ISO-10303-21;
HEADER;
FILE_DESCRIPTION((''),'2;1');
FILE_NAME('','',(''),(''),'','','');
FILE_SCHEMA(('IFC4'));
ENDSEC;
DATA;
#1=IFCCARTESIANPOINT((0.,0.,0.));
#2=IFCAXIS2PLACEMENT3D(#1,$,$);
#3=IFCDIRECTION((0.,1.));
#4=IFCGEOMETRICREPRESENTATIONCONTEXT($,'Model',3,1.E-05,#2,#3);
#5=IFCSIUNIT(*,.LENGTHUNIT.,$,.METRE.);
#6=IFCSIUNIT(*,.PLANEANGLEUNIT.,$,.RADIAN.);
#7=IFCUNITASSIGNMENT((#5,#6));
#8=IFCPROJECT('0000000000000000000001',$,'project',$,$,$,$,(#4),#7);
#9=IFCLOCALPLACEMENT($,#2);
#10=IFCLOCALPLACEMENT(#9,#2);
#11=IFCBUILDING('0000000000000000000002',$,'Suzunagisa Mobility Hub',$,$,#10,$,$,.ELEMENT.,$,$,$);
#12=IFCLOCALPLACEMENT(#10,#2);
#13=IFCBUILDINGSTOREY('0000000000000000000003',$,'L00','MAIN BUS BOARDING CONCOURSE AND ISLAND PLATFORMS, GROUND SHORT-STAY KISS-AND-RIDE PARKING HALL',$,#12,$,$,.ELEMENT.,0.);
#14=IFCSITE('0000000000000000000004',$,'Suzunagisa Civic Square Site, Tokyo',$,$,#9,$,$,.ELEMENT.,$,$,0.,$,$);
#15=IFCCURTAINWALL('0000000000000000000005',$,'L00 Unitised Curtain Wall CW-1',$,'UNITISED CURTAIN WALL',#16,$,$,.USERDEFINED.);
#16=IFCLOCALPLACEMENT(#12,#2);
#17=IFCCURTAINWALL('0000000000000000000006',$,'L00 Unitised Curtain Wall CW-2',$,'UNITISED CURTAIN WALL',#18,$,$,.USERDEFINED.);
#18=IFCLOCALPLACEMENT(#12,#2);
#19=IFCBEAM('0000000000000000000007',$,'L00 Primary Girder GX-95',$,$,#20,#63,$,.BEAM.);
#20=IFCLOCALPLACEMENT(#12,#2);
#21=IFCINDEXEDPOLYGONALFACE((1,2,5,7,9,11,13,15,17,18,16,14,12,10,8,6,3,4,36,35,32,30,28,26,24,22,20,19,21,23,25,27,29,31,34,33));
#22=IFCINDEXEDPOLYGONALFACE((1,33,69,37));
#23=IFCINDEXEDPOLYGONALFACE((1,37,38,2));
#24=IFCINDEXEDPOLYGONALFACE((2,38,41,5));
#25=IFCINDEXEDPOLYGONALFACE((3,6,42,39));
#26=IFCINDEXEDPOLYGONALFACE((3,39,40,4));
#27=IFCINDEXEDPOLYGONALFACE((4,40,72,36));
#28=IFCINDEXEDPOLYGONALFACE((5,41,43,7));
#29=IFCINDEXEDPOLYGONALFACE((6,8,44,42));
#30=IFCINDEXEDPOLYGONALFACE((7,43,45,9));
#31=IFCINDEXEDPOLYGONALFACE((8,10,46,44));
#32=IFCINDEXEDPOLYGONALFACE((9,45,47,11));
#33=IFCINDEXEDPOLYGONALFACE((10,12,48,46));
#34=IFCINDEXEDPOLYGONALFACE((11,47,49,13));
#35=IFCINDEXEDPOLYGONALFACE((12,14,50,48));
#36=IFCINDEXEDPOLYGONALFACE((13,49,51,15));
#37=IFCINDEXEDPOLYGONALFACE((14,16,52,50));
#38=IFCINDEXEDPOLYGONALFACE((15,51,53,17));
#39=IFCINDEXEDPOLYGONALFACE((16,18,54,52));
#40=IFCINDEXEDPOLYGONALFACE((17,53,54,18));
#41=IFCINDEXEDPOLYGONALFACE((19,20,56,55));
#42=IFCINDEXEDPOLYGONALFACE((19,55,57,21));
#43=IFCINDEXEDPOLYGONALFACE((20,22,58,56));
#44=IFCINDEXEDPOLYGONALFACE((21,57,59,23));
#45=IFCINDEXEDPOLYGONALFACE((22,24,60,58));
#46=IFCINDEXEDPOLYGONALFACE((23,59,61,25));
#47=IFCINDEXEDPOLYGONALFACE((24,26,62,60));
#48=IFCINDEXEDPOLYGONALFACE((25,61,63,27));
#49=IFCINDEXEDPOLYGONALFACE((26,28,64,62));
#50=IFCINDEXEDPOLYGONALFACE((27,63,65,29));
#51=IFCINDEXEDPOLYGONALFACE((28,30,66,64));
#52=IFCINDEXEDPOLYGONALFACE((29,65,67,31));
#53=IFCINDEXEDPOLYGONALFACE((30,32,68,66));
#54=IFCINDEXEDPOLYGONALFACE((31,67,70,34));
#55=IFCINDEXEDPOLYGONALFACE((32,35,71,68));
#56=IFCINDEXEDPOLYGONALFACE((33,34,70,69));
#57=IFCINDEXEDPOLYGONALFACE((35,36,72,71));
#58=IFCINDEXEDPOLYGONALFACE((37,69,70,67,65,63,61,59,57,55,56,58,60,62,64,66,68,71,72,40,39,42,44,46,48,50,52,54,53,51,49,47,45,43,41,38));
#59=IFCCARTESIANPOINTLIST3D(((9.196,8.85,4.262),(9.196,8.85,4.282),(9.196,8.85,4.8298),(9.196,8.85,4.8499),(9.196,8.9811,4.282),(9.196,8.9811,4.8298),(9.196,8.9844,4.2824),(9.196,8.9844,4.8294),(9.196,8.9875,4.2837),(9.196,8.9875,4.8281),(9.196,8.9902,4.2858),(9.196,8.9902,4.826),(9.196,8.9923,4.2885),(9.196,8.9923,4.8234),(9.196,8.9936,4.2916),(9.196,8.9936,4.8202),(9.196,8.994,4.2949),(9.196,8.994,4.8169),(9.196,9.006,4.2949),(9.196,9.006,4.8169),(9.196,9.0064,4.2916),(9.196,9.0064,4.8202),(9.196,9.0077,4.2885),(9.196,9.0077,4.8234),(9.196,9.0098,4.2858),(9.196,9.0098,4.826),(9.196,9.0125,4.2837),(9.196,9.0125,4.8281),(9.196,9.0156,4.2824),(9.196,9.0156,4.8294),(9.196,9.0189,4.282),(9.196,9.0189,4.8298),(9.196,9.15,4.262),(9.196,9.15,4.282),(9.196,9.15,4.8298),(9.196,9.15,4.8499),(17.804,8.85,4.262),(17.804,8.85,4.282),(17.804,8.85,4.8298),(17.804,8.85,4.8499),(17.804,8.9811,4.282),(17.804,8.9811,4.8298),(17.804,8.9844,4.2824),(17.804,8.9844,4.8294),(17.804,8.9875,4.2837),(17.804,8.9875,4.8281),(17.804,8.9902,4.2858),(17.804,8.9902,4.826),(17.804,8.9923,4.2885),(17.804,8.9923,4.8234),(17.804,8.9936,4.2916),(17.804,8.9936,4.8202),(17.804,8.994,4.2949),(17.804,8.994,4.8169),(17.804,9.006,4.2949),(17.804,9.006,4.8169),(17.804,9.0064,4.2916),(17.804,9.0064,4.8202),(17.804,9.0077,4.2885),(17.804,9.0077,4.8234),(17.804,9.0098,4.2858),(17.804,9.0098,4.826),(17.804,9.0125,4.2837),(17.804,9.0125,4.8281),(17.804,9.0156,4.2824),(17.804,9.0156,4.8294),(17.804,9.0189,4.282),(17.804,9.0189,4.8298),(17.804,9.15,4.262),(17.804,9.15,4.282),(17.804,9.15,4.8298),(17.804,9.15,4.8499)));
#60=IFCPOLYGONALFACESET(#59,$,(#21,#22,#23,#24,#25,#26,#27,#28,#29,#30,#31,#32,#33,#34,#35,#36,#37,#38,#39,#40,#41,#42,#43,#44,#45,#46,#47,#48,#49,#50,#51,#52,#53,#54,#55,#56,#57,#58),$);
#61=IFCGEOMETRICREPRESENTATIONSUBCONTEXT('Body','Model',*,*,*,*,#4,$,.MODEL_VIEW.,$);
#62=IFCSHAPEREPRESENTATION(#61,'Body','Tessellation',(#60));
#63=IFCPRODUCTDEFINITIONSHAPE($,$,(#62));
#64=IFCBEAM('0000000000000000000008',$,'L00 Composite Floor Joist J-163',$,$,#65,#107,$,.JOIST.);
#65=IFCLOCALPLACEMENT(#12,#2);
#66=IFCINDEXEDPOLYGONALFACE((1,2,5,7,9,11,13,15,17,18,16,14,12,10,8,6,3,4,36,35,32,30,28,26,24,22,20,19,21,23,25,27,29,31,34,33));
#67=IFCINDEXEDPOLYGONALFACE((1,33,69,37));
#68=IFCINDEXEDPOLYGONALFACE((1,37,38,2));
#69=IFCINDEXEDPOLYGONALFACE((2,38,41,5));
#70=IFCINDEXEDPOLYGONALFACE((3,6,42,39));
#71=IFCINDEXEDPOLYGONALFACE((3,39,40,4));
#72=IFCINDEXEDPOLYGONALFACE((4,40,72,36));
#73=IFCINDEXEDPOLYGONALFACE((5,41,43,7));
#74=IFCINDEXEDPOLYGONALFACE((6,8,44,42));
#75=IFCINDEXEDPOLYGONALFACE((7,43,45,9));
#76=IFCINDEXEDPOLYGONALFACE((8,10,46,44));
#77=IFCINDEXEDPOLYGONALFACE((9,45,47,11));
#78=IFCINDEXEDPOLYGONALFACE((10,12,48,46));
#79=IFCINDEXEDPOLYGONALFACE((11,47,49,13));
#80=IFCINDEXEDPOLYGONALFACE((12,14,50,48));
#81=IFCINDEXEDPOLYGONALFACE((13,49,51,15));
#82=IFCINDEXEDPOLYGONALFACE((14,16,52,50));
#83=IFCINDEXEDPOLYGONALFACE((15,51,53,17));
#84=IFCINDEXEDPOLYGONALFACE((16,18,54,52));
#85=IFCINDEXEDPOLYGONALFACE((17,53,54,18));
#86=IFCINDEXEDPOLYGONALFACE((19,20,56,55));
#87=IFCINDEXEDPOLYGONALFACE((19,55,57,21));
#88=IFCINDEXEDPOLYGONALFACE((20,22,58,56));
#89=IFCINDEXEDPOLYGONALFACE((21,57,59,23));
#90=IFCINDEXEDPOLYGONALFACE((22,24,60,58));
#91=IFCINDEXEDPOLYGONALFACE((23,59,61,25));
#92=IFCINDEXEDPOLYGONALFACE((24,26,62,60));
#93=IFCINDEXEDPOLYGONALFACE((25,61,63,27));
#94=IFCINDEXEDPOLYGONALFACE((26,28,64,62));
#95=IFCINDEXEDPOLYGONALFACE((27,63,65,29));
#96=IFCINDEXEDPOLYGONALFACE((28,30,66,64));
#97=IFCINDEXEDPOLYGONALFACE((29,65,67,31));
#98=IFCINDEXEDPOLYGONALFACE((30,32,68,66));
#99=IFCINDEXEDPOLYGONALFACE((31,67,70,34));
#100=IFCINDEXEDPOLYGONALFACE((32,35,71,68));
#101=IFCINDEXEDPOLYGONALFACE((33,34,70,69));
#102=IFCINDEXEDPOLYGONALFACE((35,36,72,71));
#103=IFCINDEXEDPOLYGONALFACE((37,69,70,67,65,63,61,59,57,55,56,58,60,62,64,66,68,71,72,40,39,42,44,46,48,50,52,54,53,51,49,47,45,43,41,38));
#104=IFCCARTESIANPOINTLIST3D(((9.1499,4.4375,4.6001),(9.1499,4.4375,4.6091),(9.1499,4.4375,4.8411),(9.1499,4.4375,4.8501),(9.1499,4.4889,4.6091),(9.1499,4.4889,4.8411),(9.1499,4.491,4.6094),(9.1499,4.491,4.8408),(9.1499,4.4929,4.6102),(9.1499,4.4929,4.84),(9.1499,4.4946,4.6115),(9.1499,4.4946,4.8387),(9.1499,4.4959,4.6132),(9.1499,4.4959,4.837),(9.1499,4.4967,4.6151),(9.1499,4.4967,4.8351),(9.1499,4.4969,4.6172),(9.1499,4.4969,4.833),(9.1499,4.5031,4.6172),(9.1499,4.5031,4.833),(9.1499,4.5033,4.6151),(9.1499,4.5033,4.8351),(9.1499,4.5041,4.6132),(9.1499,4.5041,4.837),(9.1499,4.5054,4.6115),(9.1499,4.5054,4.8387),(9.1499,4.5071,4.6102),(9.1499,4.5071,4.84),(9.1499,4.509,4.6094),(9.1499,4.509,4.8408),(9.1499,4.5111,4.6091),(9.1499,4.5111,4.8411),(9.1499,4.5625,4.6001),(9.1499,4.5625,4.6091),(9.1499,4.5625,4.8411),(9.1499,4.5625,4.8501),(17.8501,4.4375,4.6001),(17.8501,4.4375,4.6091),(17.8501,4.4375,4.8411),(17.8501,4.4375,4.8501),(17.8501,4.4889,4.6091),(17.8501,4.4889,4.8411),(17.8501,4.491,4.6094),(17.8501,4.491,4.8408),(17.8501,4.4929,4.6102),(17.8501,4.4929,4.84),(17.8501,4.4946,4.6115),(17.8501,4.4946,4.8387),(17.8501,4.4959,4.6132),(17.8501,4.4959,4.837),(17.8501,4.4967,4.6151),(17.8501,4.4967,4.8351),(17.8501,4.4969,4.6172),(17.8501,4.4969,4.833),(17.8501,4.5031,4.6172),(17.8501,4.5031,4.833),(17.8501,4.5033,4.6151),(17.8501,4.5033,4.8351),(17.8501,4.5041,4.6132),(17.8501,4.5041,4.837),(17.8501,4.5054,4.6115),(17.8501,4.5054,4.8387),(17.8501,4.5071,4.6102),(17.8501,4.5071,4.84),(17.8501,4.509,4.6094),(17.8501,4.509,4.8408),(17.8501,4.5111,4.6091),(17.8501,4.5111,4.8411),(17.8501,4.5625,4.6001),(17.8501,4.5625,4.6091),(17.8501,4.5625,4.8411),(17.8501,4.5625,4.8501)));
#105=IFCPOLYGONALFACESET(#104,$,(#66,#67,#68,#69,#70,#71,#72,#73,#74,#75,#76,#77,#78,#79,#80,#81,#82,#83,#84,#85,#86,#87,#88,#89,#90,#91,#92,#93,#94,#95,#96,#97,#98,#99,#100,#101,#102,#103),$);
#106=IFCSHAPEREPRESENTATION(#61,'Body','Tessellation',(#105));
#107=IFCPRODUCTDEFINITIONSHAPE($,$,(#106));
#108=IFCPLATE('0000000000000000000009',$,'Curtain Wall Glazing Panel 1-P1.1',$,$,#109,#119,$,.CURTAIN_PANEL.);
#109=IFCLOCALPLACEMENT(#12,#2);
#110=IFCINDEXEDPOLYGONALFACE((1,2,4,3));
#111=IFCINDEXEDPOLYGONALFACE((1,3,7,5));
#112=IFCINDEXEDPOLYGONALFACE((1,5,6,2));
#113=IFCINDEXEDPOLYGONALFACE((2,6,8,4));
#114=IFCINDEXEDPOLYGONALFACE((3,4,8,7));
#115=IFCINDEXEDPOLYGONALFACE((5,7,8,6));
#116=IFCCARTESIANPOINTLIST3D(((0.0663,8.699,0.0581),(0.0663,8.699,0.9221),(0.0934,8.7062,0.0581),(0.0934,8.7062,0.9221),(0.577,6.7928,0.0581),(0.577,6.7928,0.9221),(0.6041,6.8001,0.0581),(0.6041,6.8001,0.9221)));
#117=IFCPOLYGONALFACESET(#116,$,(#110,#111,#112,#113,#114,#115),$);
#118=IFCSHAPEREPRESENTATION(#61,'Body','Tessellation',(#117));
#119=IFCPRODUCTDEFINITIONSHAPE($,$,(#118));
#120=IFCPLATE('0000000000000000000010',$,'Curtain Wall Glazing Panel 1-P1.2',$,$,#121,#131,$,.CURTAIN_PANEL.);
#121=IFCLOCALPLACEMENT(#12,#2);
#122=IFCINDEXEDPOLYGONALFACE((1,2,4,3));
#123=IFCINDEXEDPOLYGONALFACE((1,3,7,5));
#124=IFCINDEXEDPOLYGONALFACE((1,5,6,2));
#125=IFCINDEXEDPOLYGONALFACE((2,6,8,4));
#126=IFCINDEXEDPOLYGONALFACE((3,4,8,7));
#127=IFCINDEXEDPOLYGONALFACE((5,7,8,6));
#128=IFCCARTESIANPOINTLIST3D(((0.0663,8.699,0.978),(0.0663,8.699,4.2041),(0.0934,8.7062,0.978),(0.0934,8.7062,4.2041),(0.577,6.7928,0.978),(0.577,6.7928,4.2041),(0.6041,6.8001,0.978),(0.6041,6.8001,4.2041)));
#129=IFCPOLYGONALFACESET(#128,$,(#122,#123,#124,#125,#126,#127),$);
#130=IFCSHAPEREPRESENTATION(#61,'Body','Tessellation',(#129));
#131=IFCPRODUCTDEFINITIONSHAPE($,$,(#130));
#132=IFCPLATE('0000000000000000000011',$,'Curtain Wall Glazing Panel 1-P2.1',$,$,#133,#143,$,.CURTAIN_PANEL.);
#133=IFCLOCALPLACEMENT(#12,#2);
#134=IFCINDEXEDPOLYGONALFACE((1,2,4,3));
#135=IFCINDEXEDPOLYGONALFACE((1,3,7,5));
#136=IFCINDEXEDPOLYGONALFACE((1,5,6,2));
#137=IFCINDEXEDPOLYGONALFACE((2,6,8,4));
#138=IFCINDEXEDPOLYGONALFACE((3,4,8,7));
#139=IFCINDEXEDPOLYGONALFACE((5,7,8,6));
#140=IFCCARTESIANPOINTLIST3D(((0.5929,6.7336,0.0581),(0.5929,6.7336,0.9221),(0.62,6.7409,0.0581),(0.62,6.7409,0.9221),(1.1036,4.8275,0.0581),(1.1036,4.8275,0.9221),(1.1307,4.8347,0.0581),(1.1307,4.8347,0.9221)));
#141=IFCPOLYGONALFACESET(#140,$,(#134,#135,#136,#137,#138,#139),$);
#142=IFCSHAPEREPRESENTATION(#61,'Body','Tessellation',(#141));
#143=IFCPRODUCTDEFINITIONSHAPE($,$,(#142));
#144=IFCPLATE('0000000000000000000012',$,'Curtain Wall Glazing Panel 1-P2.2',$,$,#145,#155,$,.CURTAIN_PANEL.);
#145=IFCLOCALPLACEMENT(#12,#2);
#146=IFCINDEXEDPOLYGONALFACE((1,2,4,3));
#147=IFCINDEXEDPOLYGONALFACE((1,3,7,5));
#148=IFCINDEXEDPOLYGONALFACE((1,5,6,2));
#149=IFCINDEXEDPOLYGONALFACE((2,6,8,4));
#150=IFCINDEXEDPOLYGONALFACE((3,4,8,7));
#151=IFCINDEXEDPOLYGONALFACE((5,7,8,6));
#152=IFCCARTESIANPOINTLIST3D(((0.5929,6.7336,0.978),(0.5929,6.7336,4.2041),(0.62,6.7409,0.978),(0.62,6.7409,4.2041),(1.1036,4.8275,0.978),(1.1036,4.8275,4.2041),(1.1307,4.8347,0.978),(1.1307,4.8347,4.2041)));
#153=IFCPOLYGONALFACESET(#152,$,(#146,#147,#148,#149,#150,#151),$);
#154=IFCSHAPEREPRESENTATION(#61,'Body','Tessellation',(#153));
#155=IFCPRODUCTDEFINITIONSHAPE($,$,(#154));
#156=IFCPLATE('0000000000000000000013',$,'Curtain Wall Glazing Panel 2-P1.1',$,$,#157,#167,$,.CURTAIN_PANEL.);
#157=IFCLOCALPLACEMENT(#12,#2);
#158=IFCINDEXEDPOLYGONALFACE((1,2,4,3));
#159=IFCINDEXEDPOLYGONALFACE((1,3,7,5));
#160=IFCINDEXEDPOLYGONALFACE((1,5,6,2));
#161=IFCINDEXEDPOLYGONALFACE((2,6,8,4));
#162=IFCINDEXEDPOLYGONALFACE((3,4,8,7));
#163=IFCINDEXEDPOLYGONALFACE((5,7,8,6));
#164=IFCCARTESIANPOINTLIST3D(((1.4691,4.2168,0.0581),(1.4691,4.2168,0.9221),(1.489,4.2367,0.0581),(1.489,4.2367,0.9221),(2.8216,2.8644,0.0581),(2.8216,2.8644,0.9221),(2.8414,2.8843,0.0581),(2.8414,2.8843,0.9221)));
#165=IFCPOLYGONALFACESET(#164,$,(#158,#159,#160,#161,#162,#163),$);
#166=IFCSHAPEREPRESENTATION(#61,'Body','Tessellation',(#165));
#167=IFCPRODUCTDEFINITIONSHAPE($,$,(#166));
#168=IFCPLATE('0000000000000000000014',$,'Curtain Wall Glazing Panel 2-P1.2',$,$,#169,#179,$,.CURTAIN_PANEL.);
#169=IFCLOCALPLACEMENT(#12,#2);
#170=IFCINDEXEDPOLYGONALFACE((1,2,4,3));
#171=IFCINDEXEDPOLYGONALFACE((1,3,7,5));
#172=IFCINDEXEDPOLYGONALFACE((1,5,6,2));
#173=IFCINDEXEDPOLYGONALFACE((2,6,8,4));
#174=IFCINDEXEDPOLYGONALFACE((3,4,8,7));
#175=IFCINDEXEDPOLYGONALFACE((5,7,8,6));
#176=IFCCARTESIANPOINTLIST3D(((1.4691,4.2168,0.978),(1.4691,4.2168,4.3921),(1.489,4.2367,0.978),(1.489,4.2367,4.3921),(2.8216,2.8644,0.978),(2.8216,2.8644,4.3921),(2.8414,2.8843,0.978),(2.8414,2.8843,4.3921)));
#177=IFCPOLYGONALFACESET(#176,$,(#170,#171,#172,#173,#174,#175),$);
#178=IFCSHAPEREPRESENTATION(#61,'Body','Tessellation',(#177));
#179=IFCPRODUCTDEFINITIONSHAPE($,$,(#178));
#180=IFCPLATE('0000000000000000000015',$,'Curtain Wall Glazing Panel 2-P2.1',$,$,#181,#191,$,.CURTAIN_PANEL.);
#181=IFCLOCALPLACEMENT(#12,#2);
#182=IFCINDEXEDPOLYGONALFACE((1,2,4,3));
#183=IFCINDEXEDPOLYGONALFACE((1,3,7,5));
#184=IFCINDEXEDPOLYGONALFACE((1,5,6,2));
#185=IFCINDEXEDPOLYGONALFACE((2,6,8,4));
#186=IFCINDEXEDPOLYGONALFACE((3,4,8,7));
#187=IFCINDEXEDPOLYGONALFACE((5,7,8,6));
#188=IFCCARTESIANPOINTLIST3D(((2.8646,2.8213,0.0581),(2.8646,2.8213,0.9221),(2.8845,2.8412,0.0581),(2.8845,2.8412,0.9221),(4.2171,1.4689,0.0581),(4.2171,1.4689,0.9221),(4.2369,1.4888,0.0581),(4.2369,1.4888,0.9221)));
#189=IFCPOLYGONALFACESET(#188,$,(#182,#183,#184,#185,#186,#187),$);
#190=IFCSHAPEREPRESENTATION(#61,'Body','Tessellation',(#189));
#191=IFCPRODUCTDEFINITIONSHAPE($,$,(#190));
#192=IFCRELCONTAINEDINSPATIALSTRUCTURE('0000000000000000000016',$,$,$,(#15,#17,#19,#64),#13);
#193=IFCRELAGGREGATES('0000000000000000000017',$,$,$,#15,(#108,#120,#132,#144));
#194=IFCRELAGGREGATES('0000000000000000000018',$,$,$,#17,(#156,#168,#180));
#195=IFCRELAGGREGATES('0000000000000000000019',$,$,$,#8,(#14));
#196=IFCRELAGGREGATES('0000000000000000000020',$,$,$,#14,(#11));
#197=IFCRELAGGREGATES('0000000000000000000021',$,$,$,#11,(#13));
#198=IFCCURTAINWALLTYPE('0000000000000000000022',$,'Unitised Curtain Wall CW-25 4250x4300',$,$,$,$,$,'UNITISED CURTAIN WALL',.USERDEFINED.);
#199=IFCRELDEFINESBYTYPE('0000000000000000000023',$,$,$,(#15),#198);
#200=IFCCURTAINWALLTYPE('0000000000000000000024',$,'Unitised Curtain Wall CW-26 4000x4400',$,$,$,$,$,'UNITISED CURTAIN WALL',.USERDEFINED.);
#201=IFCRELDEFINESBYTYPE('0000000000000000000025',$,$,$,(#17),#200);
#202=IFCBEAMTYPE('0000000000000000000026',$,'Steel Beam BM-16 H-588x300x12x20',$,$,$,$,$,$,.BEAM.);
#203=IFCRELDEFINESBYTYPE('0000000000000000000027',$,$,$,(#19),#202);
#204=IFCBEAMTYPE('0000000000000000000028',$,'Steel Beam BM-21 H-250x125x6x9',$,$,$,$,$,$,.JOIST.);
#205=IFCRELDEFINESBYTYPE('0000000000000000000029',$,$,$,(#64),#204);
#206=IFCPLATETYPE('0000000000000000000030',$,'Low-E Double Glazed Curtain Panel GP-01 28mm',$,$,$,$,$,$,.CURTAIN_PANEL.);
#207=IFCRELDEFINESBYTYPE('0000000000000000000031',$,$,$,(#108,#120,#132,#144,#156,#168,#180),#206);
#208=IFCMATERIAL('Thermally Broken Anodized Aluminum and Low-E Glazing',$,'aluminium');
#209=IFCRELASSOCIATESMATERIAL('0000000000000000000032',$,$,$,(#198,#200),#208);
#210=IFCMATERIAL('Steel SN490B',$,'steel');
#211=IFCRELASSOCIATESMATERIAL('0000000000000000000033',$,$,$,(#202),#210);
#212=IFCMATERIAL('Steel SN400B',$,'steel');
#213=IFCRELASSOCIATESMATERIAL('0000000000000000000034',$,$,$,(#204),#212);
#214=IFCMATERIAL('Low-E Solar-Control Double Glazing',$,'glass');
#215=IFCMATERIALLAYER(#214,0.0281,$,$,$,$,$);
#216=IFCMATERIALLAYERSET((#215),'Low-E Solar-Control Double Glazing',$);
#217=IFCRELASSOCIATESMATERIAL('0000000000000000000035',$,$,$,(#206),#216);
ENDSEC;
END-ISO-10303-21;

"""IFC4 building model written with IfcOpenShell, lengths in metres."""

from ifc_helpers import new_model, si_unit, direction, frame, origin, origin_2d, place, context, subcontext, project, spatial, rectangle, i_section, extrude, material, layer, layer_set, material_profile, profile_set, type_object, element, aggregate, save


model = new_model("IFC4")

# Units and contexts
model_context = context("Model", 3, precision=1e-05, world=origin(), true_north=direction((0.0, 1.0)))
body_context = subcontext(model_context, "Body", "Model", "MODEL_VIEW")
ifc_project = project(units=[si_unit("LENGTHUNIT", "METRE"), si_unit("PLANEANGLEUNIT", "RADIAN")], contexts=[model_context])

# Site, building, storey
site_placement = place(None, origin())
site = spatial("IfcSite", under=ifc_project, at=site_placement, Name="Suzunagisa Civic Square Site, Tokyo", CompositionType="ELEMENT", RefElevation=0.0)
building_placement = place(site_placement, origin())
building = spatial("IfcBuilding", under=site, at=building_placement, Name="Suzunagisa Mobility Hub", CompositionType="ELEMENT")
storey_placement = place(building_placement, origin())
storey = spatial("IfcBuildingStorey", under=building, at=storey_placement, Name="L00", Description="MAIN BUS BOARDING CONCOURSE AND ISLAND PLATFORMS, GROUND SHORT-STAY KISS-AND-RIDE PARKING HALL", CompositionType="ELEMENT", Elevation=0.0)

# Shared definitions
ifc_material_1 = material(Name="Steel SN490B", Category="steel")

# Curtain walls
ifc_material_2 = material(Name="Thermally Broken Anodized Aluminum and Low-E Glazing", Category="aluminium")
curtain_wall_type_1 = type_object("IfcCurtainWallType", Name="Unitised Curtain Wall CW-25 4250x4300", ElementType="UNITISED CURTAIN WALL", PredefinedType="USERDEFINED", material=ifc_material_2)
curtain_wall_1_placement = place(storey_placement, origin())
curtain_wall_1 = element("IfcCurtainWall", 1, at=curtain_wall_1_placement, inside=storey, type_object=curtain_wall_type_1, Name="L00 Unitised Curtain Wall CW-1", ObjectType="UNITISED CURTAIN WALL", PredefinedType="USERDEFINED")
curtain_wall_type_2 = type_object("IfcCurtainWallType", Name="Unitised Curtain Wall CW-26 4000x4400", ElementType="UNITISED CURTAIN WALL", PredefinedType="USERDEFINED", material=ifc_material_2)
curtain_wall_2_placement = place(storey_placement, origin())
curtain_wall_2 = element("IfcCurtainWall", 2, at=curtain_wall_2_placement, inside=storey, type_object=curtain_wall_type_2, Name="L00 Unitised Curtain Wall CW-2", ObjectType="UNITISED CURTAIN WALL", PredefinedType="USERDEFINED")

# Beams
ifc_material_profile_1 = material_profile(ifc_material_1, i_section(OverallWidth=0.3, OverallDepth=0.5879, WebThickness=0.012, FlangeThickness=0.02, FilletRadius=0.0129, at=origin_2d()), Name="H-588x300x12x20")
ifc_profile_set_1 = profile_set([ifc_material_profile_1], Name="Steel SN490B")
beam_type_1 = type_object("IfcBeamType", Name="Steel Beam BM-16 H-588x300x12x20", PredefinedType="BEAM", material=ifc_profile_set_1)
for number, where, z_axis, x_axis, name in (
    (3, (9.196, 9.0, 4.5559), (1.0, 0.0, 0.0), (0.0, 1.0, 0.0), "L00 Primary Girder GX-95"),
):
    element("IfcBeam", number, at=place(storey_placement, frame(where, z_axis=z_axis, x_axis=x_axis)), inside=storey, type_object=beam_type_1, Name=name, PredefinedType="BEAM", context=body_context, shape_type="SweptSolid", body=[
        extrude(i_section(OverallWidth=0.3, OverallDepth=0.5879, WebThickness=0.012, FlangeThickness=0.02, FilletRadius=0.0129, at=origin_2d()), origin(), (0.0, 0.0, 1.0), 8.6079),
    ])
ifc_material_3 = material(Name="Steel SN400B", Category="steel")
ifc_material_profile_2 = material_profile(ifc_material_3, i_section(OverallWidth=0.125, OverallDepth=0.25, WebThickness=0.0061, FlangeThickness=0.009, FilletRadius=0.0081, at=origin_2d()), Name="H-250x125x6x9")
ifc_profile_set_2 = profile_set([ifc_material_profile_2], Name="Steel SN400B")
beam_type_2 = type_object("IfcBeamType", Name="Steel Beam BM-21 H-250x125x6x9", PredefinedType="JOIST", material=ifc_profile_set_2)
beam_1_placement = place(storey_placement, frame((9.1499, 4.5, 4.7251), z_axis=(1.0, 0.0, 0.0), x_axis=(0.0, 1.0, 0.0)))
element("IfcBeam", 4, at=beam_1_placement, inside=storey, type_object=beam_type_2, Name="L00 Composite Floor Joist J-163", PredefinedType="JOIST", context=body_context, shape_type="SweptSolid", body=[
    extrude(i_section(OverallWidth=0.125, OverallDepth=0.25, WebThickness=0.0061, FlangeThickness=0.009, FilletRadius=0.0081, at=origin_2d()), origin(), (0.0, 0.0, 1.0), 8.7002),
])

# Plates
ifc_material_4 = material(Name="Low-E Solar-Control Double Glazing", Category="glass")
ifc_layer = layer(ifc_material_4, 0.0281)
ifc_layer_set = layer_set([ifc_layer], Name="Low-E Solar-Control Double Glazing")
plate_type = type_object("IfcPlateType", Name="Low-E Double Glazed Curtain Panel GP-01 28mm", PredefinedType="CURTAIN_PANEL", material=ifc_layer_set)
plate_1_placement = place(storey_placement, frame((0.3352, 7.7495, 0.0581), z_axis=(0.0, 0.0, 1.0), x_axis=(0.258814, -0.965927, 0.0)))
plate_1 = element("IfcPlate", 5, at=plate_1_placement, type_object=plate_type, Name="Curtain Wall Glazing Panel 1-P1.1", PredefinedType="CURTAIN_PANEL", context=body_context, shape_type="SweptSolid", body=[
    extrude(rectangle(XDim=1.9734, YDim=0.0281, at=origin_2d()), origin(), (0.0, 0.0, 1.0), 0.864),
])
plate_2_placement = place(storey_placement, frame((0.3352, 7.7495, 0.978), z_axis=(0.0, 0.0, 1.0), x_axis=(0.258814, -0.965927, 0.0)))
plate_2 = element("IfcPlate", 6, at=plate_2_placement, type_object=plate_type, Name="Curtain Wall Glazing Panel 1-P1.2", PredefinedType="CURTAIN_PANEL", context=body_context, shape_type="SweptSolid", body=[
    extrude(rectangle(XDim=1.9734, YDim=0.0281, at=origin_2d()), origin(), (0.0, 0.0, 1.0), 3.2261),
])
plate_3_placement = place(storey_placement, frame((0.8618, 5.7842, 0.0581), z_axis=(0.0, 0.0, 1.0), x_axis=(0.258814, -0.965927, 0.0)))
plate_3 = element("IfcPlate", 7, at=plate_3_placement, type_object=plate_type, Name="Curtain Wall Glazing Panel 1-P2.1", PredefinedType="CURTAIN_PANEL", context=body_context, shape_type="SweptSolid", body=[
    extrude(rectangle(XDim=1.9734, YDim=0.0281, at=origin_2d()), origin(), (0.0, 0.0, 1.0), 0.864),
])
plate_4_placement = place(storey_placement, frame((0.8618, 5.7842, 0.978), z_axis=(0.0, 0.0, 1.0), x_axis=(0.258814, -0.965927, 0.0)))
plate_4 = element("IfcPlate", 8, at=plate_4_placement, type_object=plate_type, Name="Curtain Wall Glazing Panel 1-P2.2", PredefinedType="CURTAIN_PANEL", context=body_context, shape_type="SweptSolid", body=[
    extrude(rectangle(XDim=1.9734, YDim=0.0281, at=origin_2d()), origin(), (0.0, 0.0, 1.0), 3.2261),
])
aggregate(curtain_wall_1, [plate_1, plate_2, plate_3, plate_4])
plate_5_placement = place(storey_placement, frame((2.1553, 3.5505, 0.0581), z_axis=(0.0, 0.0, 1.0), x_axis=(0.707107, -0.707107, 0.0)))
plate_5 = element("IfcPlate", 9, at=plate_5_placement, type_object=plate_type, Name="Curtain Wall Glazing Panel 2-P1.1", PredefinedType="CURTAIN_PANEL", context=body_context, shape_type="SweptSolid", body=[
    extrude(rectangle(XDim=1.9126, YDim=0.0281, at=origin_2d()), origin(), (0.0, 0.0, 1.0), 0.864),
])
plate_6_placement = place(storey_placement, frame((2.1553, 3.5505, 0.978), z_axis=(0.0, 0.0, 1.0), x_axis=(0.707107, -0.707107, 0.0)))
plate_6 = element("IfcPlate", 10, at=plate_6_placement, type_object=plate_type, Name="Curtain Wall Glazing Panel 2-P1.2", PredefinedType="CURTAIN_PANEL", context=body_context, shape_type="SweptSolid", body=[
    extrude(rectangle(XDim=1.9126, YDim=0.0281, at=origin_2d()), origin(), (0.0, 0.0, 1.0), 3.4141),
])
plate_7_placement = place(storey_placement, frame((3.5508, 2.155, 0.0581), z_axis=(0.0, 0.0, 1.0), x_axis=(0.707107, -0.707107, 0.0)))
plate_7 = element("IfcPlate", 11, at=plate_7_placement, type_object=plate_type, Name="Curtain Wall Glazing Panel 2-P2.1", PredefinedType="CURTAIN_PANEL", context=body_context, shape_type="SweptSolid", body=[
    extrude(rectangle(XDim=1.9126, YDim=0.0281, at=origin_2d()), origin(), (0.0, 0.0, 1.0), 0.864),
])
aggregate(curtain_wall_2, [plate_5, plate_6, plate_7])

save(model, "model.ifc")
